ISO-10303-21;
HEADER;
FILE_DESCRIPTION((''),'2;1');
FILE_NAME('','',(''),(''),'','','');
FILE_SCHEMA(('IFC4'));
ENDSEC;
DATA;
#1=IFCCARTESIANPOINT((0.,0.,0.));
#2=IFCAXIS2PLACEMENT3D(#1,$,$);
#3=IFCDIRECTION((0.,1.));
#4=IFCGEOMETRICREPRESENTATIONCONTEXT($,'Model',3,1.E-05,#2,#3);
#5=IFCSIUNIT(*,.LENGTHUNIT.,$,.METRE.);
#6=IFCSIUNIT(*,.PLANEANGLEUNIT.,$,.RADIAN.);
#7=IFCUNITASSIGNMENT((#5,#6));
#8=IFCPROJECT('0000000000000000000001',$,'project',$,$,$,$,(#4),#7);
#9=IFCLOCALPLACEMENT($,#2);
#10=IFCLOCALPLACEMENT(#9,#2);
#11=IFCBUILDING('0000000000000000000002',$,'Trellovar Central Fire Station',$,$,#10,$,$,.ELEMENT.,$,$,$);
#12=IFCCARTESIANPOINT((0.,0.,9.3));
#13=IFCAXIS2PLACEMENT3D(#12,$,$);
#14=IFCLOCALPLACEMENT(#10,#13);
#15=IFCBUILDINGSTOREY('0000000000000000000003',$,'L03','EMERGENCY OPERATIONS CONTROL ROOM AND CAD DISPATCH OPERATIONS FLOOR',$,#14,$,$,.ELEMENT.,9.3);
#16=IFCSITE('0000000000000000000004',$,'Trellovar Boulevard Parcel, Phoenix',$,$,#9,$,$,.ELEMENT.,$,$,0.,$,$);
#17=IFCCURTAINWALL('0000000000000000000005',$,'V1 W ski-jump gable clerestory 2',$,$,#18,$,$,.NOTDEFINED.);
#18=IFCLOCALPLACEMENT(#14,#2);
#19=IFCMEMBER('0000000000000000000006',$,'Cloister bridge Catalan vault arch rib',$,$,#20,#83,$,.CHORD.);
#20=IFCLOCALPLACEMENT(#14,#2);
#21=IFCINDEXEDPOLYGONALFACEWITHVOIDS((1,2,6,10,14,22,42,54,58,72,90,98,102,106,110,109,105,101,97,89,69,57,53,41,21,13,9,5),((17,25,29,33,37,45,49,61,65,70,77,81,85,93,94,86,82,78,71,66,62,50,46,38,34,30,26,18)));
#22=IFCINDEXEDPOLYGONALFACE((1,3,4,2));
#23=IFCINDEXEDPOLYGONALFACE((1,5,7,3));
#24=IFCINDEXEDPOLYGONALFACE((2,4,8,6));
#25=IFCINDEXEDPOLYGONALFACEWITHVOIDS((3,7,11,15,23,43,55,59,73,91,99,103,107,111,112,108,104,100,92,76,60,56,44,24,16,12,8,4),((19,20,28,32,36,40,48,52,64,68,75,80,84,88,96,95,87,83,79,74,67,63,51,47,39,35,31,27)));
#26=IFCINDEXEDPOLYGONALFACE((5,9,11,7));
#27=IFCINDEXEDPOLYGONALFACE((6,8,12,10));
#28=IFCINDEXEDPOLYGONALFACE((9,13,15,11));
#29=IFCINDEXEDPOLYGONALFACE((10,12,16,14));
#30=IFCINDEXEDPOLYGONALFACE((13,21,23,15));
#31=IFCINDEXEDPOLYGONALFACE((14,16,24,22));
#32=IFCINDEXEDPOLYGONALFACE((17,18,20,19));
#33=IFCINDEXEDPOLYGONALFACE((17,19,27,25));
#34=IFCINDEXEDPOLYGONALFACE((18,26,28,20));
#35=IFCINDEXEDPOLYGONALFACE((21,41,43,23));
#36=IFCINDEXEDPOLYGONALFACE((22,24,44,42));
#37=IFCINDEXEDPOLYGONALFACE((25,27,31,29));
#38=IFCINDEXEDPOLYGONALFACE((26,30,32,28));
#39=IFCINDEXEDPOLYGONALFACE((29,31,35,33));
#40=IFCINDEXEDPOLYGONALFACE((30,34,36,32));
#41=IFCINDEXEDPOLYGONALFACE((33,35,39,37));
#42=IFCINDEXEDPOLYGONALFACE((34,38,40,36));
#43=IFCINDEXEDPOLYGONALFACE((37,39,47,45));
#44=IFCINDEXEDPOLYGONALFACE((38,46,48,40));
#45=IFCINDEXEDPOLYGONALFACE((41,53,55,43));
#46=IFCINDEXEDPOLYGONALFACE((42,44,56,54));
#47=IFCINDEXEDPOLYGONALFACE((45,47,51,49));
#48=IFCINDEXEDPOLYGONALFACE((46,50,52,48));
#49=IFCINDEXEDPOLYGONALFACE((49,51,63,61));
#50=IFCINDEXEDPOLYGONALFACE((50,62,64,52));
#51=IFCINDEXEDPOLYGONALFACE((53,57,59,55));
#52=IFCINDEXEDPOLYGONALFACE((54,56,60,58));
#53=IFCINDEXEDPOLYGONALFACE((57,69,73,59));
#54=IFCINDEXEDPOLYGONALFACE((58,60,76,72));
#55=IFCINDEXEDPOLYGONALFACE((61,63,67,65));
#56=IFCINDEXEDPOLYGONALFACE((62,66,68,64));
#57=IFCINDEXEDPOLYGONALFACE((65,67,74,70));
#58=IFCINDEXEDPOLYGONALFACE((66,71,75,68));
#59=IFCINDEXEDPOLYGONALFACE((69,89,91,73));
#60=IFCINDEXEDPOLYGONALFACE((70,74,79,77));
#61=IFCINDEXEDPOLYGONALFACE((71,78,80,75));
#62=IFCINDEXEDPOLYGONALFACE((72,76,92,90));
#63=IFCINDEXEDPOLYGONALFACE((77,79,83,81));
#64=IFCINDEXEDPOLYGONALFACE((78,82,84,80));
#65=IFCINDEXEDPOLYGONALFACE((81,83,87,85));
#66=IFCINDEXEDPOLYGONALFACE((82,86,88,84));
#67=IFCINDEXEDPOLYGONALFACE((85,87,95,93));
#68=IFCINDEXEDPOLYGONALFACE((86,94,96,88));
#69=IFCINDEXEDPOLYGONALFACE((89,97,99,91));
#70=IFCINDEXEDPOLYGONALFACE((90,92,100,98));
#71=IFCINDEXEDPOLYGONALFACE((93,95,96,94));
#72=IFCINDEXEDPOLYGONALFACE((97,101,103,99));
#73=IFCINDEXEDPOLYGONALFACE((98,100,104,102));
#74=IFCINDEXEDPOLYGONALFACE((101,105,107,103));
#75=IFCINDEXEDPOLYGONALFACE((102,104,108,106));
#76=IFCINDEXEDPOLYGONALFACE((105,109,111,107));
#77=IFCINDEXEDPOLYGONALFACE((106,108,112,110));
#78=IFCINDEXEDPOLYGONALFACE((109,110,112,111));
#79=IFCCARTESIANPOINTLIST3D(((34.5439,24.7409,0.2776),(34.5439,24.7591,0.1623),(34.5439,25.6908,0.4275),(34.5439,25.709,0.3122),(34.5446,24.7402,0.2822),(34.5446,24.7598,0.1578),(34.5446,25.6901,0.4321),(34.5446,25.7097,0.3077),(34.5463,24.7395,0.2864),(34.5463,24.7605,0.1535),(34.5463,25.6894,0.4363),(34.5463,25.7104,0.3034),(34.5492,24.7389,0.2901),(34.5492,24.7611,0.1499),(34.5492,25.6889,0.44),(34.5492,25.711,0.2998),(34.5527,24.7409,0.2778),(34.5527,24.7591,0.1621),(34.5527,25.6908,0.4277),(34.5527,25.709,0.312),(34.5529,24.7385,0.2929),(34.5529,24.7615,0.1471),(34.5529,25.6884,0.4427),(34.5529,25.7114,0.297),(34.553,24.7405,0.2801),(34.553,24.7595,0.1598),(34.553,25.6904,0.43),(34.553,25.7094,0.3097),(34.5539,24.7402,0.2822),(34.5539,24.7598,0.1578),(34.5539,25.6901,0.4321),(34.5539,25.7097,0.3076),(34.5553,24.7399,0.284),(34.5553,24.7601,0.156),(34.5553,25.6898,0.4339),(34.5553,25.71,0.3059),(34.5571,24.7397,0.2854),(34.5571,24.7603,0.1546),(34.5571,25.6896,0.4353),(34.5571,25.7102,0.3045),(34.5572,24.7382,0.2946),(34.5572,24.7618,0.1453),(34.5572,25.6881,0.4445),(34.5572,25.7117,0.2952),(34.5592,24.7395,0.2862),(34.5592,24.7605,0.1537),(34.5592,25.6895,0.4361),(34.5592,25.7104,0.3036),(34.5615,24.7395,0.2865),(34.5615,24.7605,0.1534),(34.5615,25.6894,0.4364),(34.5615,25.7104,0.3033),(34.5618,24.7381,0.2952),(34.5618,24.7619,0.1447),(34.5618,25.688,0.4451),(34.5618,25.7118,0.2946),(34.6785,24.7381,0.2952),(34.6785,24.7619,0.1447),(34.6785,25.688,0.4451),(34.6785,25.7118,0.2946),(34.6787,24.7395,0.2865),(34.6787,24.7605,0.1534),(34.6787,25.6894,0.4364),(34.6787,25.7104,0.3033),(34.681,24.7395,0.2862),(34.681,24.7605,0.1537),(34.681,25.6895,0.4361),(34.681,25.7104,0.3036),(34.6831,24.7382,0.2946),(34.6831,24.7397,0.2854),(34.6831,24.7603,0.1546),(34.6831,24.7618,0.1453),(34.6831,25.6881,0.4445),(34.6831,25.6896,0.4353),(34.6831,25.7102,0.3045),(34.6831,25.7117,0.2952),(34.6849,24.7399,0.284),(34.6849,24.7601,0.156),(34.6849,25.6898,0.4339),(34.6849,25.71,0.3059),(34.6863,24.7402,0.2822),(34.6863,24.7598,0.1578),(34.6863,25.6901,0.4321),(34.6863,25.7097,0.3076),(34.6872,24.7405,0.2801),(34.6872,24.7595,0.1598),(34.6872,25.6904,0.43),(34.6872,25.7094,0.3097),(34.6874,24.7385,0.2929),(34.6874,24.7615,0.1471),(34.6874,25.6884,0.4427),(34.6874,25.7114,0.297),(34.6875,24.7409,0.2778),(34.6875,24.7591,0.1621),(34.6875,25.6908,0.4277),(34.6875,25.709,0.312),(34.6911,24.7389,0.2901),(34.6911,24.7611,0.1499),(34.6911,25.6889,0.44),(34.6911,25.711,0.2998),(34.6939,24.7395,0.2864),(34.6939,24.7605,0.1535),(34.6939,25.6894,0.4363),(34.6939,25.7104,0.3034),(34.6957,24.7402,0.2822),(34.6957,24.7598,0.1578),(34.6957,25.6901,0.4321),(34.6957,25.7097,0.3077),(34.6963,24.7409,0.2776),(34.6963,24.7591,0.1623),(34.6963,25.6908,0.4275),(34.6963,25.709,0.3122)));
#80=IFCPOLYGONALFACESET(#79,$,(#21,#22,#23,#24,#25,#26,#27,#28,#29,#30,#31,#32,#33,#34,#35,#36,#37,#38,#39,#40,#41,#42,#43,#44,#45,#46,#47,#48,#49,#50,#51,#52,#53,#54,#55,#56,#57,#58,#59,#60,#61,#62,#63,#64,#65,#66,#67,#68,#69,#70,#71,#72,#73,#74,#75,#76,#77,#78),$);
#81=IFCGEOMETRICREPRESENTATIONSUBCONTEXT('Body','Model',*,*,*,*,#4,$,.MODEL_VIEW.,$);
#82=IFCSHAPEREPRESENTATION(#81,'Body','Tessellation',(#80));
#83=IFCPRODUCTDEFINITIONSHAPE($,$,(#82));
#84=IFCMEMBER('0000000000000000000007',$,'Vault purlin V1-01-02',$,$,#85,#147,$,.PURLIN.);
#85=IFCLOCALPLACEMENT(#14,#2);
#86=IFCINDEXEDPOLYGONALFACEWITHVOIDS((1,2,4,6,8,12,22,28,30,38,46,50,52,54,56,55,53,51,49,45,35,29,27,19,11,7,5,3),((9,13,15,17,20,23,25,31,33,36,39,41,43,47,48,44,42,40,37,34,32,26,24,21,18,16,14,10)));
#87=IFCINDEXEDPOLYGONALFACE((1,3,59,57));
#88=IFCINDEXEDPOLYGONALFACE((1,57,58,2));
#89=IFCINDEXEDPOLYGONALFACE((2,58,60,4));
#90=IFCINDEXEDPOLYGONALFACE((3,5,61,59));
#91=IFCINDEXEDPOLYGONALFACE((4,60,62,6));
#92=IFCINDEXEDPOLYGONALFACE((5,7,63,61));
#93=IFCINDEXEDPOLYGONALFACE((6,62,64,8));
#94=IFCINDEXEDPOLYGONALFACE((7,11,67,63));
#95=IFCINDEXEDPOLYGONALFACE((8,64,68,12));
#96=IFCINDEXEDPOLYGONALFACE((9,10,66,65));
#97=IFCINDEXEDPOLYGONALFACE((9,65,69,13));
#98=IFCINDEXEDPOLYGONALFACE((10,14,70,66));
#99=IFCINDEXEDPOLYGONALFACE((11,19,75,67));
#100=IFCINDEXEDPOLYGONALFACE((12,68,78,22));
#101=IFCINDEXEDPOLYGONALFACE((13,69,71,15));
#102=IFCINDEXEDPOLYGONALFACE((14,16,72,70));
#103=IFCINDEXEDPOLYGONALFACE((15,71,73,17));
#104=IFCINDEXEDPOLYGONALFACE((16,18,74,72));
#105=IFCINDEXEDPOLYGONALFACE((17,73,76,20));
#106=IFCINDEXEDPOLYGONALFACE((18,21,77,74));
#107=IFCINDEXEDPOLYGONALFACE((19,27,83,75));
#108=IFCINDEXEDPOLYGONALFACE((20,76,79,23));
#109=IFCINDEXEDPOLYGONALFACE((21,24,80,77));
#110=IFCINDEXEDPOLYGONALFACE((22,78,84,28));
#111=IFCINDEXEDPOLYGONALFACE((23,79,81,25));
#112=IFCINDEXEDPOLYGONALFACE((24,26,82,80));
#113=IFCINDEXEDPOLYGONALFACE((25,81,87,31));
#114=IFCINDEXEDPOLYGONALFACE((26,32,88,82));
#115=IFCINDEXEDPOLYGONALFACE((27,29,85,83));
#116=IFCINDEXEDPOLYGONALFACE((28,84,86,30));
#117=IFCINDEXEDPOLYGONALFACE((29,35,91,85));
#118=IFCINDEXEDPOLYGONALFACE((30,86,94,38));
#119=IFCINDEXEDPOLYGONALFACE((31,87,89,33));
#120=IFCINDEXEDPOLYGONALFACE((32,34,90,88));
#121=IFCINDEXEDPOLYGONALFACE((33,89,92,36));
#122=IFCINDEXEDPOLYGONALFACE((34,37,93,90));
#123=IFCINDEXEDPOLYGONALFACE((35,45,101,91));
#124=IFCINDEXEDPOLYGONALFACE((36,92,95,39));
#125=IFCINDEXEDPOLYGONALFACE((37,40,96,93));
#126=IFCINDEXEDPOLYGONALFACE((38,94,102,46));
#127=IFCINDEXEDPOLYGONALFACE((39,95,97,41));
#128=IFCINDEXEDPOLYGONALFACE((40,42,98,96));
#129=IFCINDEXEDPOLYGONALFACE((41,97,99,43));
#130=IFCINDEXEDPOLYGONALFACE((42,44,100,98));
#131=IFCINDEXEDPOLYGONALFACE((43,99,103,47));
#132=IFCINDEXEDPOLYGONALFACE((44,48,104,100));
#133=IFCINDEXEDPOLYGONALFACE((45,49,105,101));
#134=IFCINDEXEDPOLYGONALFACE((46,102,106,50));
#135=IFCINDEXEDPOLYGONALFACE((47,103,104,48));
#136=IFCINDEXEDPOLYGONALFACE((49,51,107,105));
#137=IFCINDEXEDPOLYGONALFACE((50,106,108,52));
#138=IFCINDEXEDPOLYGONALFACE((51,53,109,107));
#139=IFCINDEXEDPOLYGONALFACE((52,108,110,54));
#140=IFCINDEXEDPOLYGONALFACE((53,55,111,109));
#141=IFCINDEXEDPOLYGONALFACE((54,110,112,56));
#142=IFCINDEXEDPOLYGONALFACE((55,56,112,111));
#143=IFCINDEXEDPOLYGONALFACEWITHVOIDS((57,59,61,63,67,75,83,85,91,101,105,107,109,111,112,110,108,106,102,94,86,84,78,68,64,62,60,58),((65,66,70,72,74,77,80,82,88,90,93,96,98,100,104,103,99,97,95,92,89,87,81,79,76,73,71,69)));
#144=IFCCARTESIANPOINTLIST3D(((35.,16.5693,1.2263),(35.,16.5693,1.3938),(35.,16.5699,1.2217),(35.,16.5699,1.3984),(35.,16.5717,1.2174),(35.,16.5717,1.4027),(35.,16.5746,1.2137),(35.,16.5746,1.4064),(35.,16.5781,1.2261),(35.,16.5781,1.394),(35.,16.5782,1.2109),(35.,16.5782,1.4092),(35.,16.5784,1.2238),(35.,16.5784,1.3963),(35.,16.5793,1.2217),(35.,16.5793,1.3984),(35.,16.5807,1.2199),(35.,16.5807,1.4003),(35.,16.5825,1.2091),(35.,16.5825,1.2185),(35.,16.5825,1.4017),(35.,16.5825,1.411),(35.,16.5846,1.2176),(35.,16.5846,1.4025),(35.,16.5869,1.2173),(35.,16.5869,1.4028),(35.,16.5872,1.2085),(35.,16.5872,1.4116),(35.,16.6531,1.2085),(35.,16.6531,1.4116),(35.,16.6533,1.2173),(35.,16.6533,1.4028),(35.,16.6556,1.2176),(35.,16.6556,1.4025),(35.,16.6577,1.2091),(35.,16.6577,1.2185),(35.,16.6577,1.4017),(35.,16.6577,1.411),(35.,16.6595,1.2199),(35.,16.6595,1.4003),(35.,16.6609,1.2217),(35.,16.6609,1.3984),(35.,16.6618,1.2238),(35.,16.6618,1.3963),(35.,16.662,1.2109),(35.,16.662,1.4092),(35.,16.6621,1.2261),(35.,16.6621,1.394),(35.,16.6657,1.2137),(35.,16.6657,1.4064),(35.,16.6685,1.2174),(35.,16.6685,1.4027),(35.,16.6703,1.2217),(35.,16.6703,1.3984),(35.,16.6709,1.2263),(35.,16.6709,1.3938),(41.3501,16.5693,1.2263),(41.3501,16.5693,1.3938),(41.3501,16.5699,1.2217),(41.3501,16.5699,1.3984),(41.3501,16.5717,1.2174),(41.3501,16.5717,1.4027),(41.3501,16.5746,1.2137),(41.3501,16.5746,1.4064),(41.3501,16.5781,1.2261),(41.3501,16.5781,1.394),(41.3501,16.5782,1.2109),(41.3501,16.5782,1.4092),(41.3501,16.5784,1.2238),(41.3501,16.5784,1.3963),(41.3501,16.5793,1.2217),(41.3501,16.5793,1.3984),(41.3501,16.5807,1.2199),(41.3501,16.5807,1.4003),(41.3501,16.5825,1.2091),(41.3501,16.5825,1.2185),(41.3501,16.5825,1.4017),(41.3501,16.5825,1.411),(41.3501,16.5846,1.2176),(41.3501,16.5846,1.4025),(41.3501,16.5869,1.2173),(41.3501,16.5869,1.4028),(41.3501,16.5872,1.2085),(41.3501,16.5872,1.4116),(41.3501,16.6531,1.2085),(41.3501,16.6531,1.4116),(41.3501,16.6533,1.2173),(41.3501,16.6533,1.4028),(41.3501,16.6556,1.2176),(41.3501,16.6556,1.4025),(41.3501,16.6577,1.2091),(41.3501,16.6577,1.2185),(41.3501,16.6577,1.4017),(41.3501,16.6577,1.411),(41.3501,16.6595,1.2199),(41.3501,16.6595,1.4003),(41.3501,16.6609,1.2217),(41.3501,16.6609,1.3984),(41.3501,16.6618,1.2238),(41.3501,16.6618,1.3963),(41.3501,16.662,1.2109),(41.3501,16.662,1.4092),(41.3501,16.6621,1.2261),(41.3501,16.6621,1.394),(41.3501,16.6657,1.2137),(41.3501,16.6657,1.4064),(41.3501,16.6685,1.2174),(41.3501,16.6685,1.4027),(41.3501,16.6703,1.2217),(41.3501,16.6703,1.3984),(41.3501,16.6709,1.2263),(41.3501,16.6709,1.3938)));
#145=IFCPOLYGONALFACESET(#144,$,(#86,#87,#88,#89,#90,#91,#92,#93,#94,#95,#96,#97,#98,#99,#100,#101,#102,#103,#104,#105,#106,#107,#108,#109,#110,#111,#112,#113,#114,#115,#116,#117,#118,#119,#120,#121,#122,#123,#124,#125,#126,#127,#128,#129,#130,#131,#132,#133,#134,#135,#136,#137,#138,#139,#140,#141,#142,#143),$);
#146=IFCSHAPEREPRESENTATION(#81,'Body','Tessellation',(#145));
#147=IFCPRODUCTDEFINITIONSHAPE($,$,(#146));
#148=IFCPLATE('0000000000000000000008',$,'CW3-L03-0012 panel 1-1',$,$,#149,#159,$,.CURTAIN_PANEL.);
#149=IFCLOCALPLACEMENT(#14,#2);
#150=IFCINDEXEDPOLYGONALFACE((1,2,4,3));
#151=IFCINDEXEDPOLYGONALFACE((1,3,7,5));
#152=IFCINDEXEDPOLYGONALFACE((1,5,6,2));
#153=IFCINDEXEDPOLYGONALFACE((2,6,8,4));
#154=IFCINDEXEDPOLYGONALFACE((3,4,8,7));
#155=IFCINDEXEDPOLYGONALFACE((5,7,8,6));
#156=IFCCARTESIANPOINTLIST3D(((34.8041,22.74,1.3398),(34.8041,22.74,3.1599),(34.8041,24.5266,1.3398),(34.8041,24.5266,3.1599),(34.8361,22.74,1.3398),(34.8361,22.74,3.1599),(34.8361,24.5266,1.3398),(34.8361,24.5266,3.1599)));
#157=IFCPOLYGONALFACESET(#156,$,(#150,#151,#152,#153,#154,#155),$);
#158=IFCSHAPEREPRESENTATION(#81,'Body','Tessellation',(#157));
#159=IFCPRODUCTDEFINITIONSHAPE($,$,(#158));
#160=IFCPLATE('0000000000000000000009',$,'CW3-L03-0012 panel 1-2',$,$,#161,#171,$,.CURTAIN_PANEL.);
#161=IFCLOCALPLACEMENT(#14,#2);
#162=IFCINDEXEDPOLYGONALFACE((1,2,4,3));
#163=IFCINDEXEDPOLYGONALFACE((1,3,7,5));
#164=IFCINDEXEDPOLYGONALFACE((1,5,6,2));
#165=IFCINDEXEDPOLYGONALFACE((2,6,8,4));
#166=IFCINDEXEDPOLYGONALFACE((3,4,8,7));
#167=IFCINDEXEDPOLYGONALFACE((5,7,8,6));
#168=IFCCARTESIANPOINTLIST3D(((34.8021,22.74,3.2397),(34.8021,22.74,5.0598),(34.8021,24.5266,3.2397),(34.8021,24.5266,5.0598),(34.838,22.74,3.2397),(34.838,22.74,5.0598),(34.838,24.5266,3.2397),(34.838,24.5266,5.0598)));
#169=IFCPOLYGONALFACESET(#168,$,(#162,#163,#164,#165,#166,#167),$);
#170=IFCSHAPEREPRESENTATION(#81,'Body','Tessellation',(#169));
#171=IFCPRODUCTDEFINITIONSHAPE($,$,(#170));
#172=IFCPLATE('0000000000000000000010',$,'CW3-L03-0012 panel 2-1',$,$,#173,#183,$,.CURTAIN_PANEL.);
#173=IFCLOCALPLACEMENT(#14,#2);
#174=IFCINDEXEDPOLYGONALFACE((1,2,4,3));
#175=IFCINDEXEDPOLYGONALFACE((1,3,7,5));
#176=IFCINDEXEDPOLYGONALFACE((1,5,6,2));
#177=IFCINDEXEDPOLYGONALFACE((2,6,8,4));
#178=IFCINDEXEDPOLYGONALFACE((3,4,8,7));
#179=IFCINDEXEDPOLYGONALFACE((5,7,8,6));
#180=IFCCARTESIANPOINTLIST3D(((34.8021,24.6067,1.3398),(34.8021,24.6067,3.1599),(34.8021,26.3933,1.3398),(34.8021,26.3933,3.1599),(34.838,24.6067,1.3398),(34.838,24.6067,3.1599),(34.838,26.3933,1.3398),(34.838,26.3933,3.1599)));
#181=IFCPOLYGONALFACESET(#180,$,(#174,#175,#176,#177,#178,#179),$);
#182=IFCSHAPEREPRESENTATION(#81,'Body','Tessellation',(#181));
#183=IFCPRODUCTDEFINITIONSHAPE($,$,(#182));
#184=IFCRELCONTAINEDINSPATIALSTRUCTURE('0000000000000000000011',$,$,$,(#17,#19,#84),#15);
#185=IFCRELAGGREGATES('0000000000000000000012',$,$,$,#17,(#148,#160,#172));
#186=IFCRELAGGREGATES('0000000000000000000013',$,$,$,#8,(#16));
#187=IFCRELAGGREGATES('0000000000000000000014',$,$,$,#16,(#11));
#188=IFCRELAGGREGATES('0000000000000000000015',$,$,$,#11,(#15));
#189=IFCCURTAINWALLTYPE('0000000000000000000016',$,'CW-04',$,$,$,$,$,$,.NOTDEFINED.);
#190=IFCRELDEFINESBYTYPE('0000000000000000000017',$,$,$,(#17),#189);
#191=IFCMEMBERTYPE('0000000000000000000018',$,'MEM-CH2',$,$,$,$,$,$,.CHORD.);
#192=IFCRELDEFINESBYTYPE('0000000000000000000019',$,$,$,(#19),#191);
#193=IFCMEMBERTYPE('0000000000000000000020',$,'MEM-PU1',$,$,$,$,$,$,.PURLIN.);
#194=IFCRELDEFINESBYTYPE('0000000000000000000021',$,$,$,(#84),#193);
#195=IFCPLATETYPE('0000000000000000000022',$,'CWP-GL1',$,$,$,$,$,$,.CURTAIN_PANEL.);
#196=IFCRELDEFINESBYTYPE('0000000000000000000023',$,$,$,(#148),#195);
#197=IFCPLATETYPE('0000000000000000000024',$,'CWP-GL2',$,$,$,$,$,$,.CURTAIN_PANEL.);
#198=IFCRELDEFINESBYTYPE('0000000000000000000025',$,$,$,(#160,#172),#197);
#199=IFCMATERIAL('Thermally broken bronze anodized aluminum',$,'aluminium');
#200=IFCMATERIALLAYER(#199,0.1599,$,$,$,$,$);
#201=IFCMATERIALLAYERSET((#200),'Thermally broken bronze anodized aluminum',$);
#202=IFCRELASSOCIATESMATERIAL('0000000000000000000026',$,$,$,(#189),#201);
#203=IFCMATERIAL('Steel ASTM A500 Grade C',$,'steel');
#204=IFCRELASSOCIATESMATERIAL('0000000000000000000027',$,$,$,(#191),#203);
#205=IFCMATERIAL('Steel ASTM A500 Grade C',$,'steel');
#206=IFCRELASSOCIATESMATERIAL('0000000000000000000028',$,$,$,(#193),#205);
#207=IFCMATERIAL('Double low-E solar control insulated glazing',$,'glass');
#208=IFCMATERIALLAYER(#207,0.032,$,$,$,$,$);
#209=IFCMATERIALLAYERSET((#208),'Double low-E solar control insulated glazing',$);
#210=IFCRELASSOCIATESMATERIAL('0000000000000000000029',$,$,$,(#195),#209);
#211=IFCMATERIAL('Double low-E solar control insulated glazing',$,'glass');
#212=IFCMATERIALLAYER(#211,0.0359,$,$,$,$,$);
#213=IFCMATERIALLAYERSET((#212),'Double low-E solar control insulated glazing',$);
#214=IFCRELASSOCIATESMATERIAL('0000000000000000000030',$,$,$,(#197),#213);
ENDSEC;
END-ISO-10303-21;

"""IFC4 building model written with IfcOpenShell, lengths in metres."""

from ifc_helpers import new_model, si_unit, direction, frame, origin, origin_2d, place, context, subcontext, project, spatial, rectangle, hollow_rectangle, extrude, material, layer, layer_set, material_profile, profile_set, type_object, element, aggregate, save


model = new_model("IFC4")

# Units and contexts
model_context = context("Model", 3, precision=1e-05, world=origin(), true_north=direction((0.0, 1.0)))
body_context = subcontext(model_context, "Body", "Model", "MODEL_VIEW")
ifc_project = project(units=[si_unit("LENGTHUNIT", "METRE"), si_unit("PLANEANGLEUNIT", "RADIAN")], contexts=[model_context])

# Site, building, storey
site_placement = place(None, origin())
site = spatial("IfcSite", under=ifc_project, at=site_placement, Name="Trellovar Boulevard Parcel, Phoenix", CompositionType="ELEMENT", RefElevation=0.0)
building_placement = place(site_placement, origin())
building = spatial("IfcBuilding", under=site, at=building_placement, Name="Trellovar Central Fire Station", CompositionType="ELEMENT")
storey_placement = place(building_placement, frame((0.0, 0.0, 9.3)))
storey = spatial("IfcBuildingStorey", under=building, at=storey_placement, Name="L03", Description="EMERGENCY OPERATIONS CONTROL ROOM AND CAD DISPATCH OPERATIONS FLOOR", CompositionType="ELEMENT", Elevation=9.3)

# Curtain wall
ifc_material_1 = material(Name="Thermally broken bronze anodized aluminum", Category="aluminium")
ifc_layer_1 = layer(ifc_material_1, 0.1599)
ifc_layer_set_1 = layer_set([ifc_layer_1], Name="Thermally broken bronze anodized aluminum")
curtain_wall_type = type_object("IfcCurtainWallType", Name="CW-04", PredefinedType="NOTDEFINED", material=ifc_layer_set_1)
curtain_wall_placement = place(storey_placement, origin())
curtain_wall = element("IfcCurtainWall", 1, at=curtain_wall_placement, inside=storey, type_object=curtain_wall_type, Name="V1 W ski-jump gable clerestory 2", PredefinedType="NOTDEFINED")

# Members
ifc_material_2 = material(Name="Steel ASTM A500 Grade C", Category="steel")
ifc_material_profile_1 = material_profile(ifc_material_2, hollow_rectangle(XDim=0.1523, YDim=0.1523, WallThickness=0.0088, InnerFilletRadius=0.0088, OuterFilletRadius=0.0178, at=origin_2d()), Name="HSS6X6X3/8")
ifc_profile_set_1 = profile_set([ifc_material_profile_1], Name="Steel ASTM A500 Grade C")
member_type_1 = type_object("IfcMemberType", Name="MEM-CH2", PredefinedType="CHORD", material=ifc_profile_set_1)
member_1_placement = place(storey_placement, frame((34.6201, 24.75, 0.22), z_axis=(0.0, 0.987777, 0.155871), x_axis=(-1.0, 0.0, 0.0)))
element("IfcMember", 2, at=member_1_placement, inside=storey, type_object=member_type_1, Name="Cloister bridge Catalan vault arch rib", PredefinedType="CHORD", context=body_context, shape_type="SweptSolid", body=[
    extrude(hollow_rectangle(XDim=0.1523, YDim=0.1523, WallThickness=0.0088, InnerFilletRadius=0.0088, OuterFilletRadius=0.0178, at=origin_2d()), origin(), (0.0, 0.0, 1.0), 0.9617),
])
ifc_material_3 = material(Name="Steel ASTM A500 Grade C", Category="steel")
ifc_material_profile_2 = material_profile(ifc_material_3, hollow_rectangle(XDim=0.1016, YDim=0.2031, WallThickness=0.0088, InnerFilletRadius=0.0088, OuterFilletRadius=0.0178, at=origin_2d()), Name="HSS8X4X3/8")
ifc_profile_set_2 = profile_set([ifc_material_profile_2], Name="Steel ASTM A500 Grade C")
member_type_2 = type_object("IfcMemberType", Name="MEM-PU1", PredefinedType="PURLIN", material=ifc_profile_set_2)
member_2_placement = place(storey_placement, frame((35.0, 16.6201, 1.3101), z_axis=(1.0, 0.0, 0.0), x_axis=(0.0, 1.0, 0.0)))
element("IfcMember", 3, at=member_2_placement, inside=storey, type_object=member_type_2, Name="Vault purlin V1-01-02", PredefinedType="PURLIN", context=body_context, shape_type="SweptSolid", body=[
    extrude(hollow_rectangle(XDim=0.1016, YDim=0.2031, WallThickness=0.0088, InnerFilletRadius=0.0088, OuterFilletRadius=0.0178, at=origin_2d()), origin(), (0.0, 0.0, 1.0), 6.3501),
])

# Plates
ifc_material_4 = material(Name="Double low-E solar control insulated glazing", Category="glass")
ifc_layer_2 = layer(ifc_material_4, 0.032)
ifc_layer_set_2 = layer_set([ifc_layer_2], Name="Double low-E solar control insulated glazing")
plate_type_1 = type_object("IfcPlateType", Name="CWP-GL1", PredefinedType="CURTAIN_PANEL", material=ifc_layer_set_2)
plate_1_placement = place(storey_placement, frame((34.8201, 23.6333, 1.3398), z_axis=(0.0, 0.0, 1.0), x_axis=(0.0, 1.0, 0.0)))
plate_1 = element("IfcPlate", 4, at=plate_1_placement, type_object=plate_type_1, Name="CW3-L03-0012 panel 1-1", PredefinedType="CURTAIN_PANEL", context=body_context, shape_type="SweptSolid", body=[
    extrude(rectangle(XDim=1.7866, YDim=0.032, at=origin_2d()), origin(), (0.0, 0.0, 1.0), 1.8201),
])
ifc_material_5 = material(Name="Double low-E solar control insulated glazing", Category="glass")
ifc_layer_3 = layer(ifc_material_5, 0.0359)
ifc_layer_set_3 = layer_set([ifc_layer_3], Name="Double low-E solar control insulated glazing")
plate_type_2 = type_object("IfcPlateType", Name="CWP-GL2", PredefinedType="CURTAIN_PANEL", material=ifc_layer_set_3)
plate_2_placement = place(storey_placement, frame((34.8201, 23.6333, 3.2397), z_axis=(0.0, 0.0, 1.0), x_axis=(0.0, 1.0, 0.0)))
plate_2 = element("IfcPlate", 5, at=plate_2_placement, type_object=plate_type_2, Name="CW3-L03-0012 panel 1-2", PredefinedType="CURTAIN_PANEL", context=body_context, shape_type="SweptSolid", body=[
    extrude(rectangle(XDim=1.7866, YDim=0.0359, at=origin_2d()), origin(), (0.0, 0.0, 1.0), 1.8201),
])
plate_3_placement = place(storey_placement, frame((34.8201, 25.5, 1.3398), z_axis=(0.0, 0.0, 1.0), x_axis=(0.0, 1.0, 0.0)))
plate_3 = element("IfcPlate", 6, at=plate_3_placement, type_object=plate_type_2, Name="CW3-L03-0012 panel 2-1", PredefinedType="CURTAIN_PANEL", context=body_context, shape_type="SweptSolid", body=[
    extrude(rectangle(XDim=1.7866, YDim=0.0359, at=origin_2d()), origin(), (0.0, 0.0, 1.0), 1.8201),
])
aggregate(curtain_wall, [plate_1, plate_2, plate_3])

save(model, "model.ifc")
